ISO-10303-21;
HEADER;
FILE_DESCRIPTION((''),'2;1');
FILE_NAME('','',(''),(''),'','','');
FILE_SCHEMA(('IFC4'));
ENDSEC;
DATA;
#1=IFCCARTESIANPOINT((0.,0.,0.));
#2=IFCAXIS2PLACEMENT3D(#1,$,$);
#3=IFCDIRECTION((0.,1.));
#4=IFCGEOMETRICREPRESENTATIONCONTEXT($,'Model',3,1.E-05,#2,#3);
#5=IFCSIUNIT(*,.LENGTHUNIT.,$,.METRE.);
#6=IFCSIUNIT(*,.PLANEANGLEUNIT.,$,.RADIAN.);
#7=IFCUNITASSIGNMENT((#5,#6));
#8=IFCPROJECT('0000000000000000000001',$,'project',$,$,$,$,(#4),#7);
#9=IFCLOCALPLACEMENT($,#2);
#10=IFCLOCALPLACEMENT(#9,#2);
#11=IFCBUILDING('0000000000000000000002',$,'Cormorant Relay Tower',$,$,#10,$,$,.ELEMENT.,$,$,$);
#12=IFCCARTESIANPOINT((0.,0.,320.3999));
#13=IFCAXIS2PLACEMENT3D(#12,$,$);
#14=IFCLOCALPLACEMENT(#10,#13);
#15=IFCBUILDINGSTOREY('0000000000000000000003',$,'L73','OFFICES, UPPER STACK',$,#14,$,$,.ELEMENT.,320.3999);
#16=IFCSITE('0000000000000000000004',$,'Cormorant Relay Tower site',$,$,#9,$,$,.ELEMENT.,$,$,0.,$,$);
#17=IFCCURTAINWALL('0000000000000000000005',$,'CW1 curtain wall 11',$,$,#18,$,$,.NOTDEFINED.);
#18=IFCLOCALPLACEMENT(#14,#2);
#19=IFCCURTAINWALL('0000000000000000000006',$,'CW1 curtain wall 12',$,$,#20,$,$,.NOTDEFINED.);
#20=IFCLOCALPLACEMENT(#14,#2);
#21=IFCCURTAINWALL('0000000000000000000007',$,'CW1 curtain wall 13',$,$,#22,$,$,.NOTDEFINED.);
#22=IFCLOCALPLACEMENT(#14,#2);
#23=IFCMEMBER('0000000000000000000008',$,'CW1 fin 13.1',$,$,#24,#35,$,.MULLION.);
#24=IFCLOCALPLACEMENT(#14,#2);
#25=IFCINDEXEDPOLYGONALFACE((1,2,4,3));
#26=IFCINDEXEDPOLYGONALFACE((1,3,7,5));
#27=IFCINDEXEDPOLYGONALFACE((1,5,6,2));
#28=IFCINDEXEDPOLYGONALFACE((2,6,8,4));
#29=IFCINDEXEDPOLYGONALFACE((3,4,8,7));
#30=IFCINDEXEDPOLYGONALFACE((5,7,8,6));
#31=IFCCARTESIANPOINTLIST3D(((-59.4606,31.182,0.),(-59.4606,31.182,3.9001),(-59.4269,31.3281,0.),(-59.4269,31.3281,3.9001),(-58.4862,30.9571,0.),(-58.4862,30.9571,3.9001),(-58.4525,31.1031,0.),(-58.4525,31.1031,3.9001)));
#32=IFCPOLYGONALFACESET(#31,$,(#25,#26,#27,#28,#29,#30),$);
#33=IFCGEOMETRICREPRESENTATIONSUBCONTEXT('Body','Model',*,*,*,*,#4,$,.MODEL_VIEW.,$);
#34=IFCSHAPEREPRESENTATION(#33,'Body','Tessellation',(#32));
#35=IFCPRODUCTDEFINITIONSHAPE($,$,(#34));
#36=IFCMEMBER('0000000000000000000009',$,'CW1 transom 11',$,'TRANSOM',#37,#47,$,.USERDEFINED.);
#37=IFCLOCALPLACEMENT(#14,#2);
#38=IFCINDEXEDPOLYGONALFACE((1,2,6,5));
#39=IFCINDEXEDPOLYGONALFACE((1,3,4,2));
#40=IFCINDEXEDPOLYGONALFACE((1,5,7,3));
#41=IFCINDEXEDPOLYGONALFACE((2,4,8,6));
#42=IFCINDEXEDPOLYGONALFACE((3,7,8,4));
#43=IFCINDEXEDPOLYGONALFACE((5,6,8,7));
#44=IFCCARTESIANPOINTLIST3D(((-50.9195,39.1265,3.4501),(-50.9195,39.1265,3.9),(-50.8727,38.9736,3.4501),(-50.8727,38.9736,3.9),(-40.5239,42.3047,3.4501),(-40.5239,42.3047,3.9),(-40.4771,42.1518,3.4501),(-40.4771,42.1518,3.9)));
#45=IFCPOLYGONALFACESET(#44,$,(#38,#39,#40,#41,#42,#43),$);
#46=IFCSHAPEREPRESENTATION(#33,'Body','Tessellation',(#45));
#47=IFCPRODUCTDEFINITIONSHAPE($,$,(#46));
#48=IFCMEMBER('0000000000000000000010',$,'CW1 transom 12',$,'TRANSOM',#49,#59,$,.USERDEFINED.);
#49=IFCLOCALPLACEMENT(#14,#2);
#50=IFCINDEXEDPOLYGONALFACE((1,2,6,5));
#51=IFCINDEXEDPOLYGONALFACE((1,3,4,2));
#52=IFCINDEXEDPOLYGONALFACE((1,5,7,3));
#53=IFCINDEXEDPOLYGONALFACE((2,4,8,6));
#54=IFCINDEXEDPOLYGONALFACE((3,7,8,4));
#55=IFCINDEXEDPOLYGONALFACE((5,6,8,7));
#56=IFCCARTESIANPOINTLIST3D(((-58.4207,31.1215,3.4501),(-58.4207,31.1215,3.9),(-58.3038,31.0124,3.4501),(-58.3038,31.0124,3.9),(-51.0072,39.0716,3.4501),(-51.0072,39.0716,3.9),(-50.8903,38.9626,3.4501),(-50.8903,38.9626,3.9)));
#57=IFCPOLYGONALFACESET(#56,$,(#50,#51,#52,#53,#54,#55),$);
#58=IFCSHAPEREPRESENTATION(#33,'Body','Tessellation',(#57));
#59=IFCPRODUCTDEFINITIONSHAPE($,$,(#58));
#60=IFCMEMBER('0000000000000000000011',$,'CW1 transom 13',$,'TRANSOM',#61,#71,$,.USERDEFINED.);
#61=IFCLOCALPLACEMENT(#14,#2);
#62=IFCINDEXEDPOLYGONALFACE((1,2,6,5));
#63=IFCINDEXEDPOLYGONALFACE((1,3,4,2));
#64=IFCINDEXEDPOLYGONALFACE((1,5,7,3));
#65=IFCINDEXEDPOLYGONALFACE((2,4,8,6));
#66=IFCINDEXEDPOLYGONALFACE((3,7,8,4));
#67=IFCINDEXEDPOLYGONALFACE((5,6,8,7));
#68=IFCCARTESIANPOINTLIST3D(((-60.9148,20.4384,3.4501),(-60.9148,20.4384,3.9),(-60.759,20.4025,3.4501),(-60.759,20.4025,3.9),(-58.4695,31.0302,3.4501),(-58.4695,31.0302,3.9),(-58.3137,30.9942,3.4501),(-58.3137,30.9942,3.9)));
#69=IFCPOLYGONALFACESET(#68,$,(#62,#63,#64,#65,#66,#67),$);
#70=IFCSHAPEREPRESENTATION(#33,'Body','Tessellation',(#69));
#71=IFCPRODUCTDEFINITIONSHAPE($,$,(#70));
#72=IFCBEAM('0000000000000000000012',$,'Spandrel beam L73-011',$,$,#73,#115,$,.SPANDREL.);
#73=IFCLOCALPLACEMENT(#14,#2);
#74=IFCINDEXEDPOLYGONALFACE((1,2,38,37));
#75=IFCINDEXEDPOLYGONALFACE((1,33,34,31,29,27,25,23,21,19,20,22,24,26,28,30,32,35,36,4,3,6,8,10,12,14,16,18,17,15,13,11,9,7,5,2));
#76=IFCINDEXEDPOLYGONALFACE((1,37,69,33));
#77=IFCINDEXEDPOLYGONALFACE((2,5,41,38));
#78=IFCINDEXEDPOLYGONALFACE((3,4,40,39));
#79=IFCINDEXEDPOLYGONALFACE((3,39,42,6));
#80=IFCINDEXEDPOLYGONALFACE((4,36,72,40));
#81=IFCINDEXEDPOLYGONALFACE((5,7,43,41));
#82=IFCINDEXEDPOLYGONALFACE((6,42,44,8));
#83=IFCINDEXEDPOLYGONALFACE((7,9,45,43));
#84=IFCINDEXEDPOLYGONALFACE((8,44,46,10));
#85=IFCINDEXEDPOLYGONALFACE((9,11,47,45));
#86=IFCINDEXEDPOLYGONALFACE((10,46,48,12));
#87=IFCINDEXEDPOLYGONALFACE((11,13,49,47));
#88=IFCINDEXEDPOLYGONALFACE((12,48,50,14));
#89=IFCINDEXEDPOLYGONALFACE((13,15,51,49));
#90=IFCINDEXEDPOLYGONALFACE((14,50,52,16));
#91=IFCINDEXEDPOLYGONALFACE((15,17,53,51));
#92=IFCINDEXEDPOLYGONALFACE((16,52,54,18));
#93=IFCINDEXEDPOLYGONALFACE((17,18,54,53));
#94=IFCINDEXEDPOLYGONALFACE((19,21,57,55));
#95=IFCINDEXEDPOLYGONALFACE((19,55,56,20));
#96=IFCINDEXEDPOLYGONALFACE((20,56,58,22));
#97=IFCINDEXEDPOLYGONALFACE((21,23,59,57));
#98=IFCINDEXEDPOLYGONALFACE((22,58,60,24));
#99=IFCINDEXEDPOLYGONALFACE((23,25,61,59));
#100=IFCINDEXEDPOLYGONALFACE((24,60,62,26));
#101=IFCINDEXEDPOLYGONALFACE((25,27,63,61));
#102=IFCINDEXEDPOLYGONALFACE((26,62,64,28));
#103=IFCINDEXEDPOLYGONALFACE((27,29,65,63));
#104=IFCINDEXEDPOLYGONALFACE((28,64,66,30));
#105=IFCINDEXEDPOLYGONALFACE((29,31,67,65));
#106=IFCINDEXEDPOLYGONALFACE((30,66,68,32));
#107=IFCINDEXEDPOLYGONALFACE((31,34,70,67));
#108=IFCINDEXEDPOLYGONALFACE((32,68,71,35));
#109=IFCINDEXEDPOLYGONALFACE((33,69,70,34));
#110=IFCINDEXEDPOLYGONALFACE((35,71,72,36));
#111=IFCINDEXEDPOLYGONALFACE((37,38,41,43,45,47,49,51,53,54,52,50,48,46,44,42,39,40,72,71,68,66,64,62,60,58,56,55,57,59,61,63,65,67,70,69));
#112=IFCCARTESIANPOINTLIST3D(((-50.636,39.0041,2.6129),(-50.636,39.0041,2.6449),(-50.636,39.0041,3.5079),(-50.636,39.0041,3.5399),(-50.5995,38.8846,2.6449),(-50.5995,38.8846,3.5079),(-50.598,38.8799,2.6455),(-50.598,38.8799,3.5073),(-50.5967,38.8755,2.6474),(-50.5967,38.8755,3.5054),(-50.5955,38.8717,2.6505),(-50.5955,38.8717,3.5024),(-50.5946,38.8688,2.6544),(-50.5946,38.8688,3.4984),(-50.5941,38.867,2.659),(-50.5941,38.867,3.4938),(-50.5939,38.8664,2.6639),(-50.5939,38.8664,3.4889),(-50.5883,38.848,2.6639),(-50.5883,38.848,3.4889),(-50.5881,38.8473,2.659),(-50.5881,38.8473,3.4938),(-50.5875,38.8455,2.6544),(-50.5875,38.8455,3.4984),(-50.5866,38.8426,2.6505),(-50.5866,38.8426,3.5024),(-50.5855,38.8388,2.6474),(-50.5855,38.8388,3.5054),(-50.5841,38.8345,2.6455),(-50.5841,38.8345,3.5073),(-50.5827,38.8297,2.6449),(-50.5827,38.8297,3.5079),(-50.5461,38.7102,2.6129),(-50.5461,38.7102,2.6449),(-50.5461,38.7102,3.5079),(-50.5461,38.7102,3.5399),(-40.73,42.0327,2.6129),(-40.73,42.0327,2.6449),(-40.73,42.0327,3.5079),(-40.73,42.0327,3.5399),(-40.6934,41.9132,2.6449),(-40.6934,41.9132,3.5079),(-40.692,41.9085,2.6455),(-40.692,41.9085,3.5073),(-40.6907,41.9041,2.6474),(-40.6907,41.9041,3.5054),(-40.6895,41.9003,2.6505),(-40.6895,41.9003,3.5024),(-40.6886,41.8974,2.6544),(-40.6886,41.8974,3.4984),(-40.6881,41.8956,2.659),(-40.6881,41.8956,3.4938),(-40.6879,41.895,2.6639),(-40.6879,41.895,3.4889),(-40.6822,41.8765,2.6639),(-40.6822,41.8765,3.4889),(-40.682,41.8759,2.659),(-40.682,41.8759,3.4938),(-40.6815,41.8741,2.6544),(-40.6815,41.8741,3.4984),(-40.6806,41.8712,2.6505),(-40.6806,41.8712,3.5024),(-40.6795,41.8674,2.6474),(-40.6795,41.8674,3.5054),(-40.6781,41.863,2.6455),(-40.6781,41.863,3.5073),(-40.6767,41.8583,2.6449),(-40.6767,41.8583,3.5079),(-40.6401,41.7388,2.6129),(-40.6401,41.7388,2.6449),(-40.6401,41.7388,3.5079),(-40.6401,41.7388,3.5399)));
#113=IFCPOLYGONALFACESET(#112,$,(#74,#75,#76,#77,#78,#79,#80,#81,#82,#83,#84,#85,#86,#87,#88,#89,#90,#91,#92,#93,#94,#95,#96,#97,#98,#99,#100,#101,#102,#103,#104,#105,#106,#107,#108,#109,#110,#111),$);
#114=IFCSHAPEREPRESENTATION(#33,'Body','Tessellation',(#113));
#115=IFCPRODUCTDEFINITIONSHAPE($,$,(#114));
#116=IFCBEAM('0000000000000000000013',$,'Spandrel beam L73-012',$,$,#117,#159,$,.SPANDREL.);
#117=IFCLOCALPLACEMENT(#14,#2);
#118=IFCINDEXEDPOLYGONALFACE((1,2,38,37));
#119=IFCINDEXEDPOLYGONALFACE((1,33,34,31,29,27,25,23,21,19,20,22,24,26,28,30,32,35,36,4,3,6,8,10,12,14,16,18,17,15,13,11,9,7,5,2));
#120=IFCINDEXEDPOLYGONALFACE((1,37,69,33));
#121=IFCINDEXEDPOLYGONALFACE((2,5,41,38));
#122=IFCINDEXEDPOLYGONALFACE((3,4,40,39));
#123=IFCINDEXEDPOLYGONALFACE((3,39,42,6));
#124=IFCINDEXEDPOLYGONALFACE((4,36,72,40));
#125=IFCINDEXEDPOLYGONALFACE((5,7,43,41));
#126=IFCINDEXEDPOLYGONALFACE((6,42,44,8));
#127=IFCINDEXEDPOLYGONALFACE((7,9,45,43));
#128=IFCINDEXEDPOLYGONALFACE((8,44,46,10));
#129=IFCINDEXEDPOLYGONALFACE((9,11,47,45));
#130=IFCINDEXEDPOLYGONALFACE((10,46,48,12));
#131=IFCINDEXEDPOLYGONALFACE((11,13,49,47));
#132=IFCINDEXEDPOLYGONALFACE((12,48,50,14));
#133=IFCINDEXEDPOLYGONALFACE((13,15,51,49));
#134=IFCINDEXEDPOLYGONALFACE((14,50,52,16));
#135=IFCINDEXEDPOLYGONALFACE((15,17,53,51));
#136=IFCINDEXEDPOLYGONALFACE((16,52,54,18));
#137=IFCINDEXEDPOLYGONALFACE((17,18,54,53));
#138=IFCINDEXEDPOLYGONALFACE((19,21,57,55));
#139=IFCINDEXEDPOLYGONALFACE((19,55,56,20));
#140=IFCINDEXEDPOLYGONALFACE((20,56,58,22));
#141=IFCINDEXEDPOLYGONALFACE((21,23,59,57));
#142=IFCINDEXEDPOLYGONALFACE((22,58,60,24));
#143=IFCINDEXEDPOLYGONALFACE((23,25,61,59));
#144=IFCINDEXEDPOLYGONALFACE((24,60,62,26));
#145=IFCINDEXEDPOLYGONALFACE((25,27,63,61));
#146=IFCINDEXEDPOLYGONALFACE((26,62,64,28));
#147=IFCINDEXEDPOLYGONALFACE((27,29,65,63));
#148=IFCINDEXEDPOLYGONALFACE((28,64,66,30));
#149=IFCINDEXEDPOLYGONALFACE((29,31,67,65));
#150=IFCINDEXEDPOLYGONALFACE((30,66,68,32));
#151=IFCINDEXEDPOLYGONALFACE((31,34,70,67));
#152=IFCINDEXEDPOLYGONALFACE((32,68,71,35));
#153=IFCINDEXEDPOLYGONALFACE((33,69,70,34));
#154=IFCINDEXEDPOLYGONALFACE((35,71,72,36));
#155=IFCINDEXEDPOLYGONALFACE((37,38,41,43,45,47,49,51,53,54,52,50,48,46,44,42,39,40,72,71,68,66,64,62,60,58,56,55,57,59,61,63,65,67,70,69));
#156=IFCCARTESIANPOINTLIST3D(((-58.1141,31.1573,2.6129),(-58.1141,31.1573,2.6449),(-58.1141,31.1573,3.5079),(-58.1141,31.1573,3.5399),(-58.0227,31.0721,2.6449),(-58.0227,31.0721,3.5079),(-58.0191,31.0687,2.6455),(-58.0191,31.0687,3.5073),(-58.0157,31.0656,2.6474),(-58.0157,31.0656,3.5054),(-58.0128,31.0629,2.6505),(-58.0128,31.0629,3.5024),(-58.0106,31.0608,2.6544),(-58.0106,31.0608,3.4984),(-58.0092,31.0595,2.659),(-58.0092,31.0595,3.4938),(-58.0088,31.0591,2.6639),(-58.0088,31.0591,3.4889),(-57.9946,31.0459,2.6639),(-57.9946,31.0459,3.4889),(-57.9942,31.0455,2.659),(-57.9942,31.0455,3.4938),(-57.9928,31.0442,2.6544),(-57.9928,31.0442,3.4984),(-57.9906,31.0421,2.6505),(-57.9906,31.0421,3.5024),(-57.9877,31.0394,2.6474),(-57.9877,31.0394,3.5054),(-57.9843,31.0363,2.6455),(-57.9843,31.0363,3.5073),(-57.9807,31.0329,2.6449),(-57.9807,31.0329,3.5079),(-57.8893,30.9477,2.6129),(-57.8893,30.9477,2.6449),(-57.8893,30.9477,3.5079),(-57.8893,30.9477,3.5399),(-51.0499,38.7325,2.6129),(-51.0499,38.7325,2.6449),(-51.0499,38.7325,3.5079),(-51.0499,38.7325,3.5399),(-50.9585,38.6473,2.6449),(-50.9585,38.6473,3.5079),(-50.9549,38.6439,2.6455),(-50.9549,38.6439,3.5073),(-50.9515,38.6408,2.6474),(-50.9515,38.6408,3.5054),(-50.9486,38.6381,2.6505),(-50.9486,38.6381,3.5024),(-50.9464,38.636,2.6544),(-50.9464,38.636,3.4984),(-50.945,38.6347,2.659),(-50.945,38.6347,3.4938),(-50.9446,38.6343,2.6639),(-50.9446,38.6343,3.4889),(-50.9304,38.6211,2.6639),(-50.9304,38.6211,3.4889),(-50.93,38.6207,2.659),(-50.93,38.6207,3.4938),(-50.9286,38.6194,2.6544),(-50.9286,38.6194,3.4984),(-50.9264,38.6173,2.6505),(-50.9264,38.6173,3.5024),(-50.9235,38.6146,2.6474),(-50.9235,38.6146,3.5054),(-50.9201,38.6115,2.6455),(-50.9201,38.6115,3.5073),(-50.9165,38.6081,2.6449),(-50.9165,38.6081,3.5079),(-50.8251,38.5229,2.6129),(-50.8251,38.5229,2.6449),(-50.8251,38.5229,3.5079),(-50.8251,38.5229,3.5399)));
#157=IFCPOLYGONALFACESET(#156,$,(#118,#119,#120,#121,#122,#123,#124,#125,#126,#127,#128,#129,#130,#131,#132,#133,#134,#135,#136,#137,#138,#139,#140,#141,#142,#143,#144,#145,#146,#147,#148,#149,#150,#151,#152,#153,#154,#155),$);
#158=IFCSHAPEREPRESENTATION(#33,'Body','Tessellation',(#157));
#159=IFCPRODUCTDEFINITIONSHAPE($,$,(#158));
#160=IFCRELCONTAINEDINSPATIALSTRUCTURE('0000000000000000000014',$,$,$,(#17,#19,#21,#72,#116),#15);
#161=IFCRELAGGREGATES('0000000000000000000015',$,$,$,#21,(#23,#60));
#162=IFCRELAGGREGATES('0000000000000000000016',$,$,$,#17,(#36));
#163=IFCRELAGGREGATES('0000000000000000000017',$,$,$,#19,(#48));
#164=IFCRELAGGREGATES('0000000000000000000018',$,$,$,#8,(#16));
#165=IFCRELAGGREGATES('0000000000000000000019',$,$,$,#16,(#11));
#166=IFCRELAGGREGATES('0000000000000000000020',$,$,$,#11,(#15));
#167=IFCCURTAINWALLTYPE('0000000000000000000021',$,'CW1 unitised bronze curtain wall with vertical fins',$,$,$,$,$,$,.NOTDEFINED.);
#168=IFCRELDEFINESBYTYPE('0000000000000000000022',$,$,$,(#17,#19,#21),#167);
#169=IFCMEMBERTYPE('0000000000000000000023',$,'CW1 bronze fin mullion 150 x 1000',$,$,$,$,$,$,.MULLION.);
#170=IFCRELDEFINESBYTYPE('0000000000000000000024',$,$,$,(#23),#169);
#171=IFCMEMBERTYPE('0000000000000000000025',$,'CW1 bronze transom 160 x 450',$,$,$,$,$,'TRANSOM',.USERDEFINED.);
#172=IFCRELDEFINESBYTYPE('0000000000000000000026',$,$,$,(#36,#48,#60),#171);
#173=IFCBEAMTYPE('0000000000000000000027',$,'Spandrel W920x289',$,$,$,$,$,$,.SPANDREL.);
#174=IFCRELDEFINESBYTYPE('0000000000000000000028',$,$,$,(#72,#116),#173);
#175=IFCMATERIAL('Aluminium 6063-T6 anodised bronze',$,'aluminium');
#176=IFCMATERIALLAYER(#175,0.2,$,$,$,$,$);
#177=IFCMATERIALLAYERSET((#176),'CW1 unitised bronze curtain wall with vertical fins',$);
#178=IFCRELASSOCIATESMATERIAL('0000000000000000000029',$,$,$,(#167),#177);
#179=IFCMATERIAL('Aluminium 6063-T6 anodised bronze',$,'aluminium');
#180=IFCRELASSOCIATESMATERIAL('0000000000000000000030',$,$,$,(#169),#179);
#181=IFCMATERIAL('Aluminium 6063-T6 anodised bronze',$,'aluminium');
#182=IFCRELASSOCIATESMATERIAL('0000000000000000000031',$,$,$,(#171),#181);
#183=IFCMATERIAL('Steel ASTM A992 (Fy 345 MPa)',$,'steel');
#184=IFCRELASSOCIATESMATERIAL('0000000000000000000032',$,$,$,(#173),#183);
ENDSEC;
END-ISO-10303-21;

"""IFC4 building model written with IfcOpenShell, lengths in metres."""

from ifc_helpers import new_model, si_unit, direction, frame, origin, origin_2d, place, context, subcontext, project, spatial, rectangle, i_section, extrude, material, layer, layer_set, material_profile, profile_set, type_object, element, aggregate, save


model = new_model("IFC4")

# Units and contexts
model_context = context("Model", 3, precision=1e-05, world=origin(), true_north=direction((0.0, 1.0)))
body_context = subcontext(model_context, "Body", "Model", "MODEL_VIEW")
ifc_project = project(units=[si_unit("LENGTHUNIT", "METRE"), si_unit("PLANEANGLEUNIT", "RADIAN")], contexts=[model_context])

# Site, building, storey
site_placement = place(None, origin())
site = spatial("IfcSite", under=ifc_project, at=site_placement, Name="Cormorant Relay Tower site", CompositionType="ELEMENT", RefElevation=0.0)
building_placement = place(site_placement, origin())
building = spatial("IfcBuilding", under=site, at=building_placement, Name="Cormorant Relay Tower", CompositionType="ELEMENT")
storey_placement = place(building_placement, frame((0.0, 0.0, 320.3999)))
storey = spatial("IfcBuildingStorey", under=building, at=storey_placement, Name="L73", Description="OFFICES, UPPER STACK", CompositionType="ELEMENT", Elevation=320.3999)

# Curtain walls
ifc_material_1 = material(Name="Aluminium 6063-T6 anodised bronze", Category="aluminium")
ifc_layer_1 = layer(ifc_material_1, 0.2)
ifc_layer_set_1 = layer_set([ifc_layer_1], Name="CW1 unitised bronze curtain wall with vertical fins")
curtain_wall_type = type_object("IfcCurtainWallType", Name="CW1 unitised bronze curtain wall with vertical fins", PredefinedType="NOTDEFINED", material=ifc_layer_set_1)
curtain_wall_1_placement = place(storey_placement, origin())
curtain_wall_1 = element("IfcCurtainWall", 1, at=curtain_wall_1_placement, inside=storey, type_object=curtain_wall_type, Name="CW1 curtain wall 11", PredefinedType="NOTDEFINED")
ifc_material_2 = material(Name="Aluminium 6063-T6 anodised bronze", Category="aluminium")
ifc_material_profile_1 = material_profile(ifc_material_2, rectangle(XDim=0.1499, YDim=1.0, at=origin_2d()), Name="AL 150x1000")
ifc_profile_set_1 = profile_set([ifc_material_profile_1], Name="Aluminium 6063-T6 anodised bronze")
member_type_1 = type_object("IfcMemberType", Name="CW1 bronze fin mullion 150 x 1000", PredefinedType="MULLION", material=ifc_profile_set_1)
curtain_wall_2_placement = place(storey_placement, origin())
curtain_wall_2 = element("IfcCurtainWall", 2, at=curtain_wall_2_placement, inside=storey, type_object=curtain_wall_type, Name="CW1 curtain wall 12", PredefinedType="NOTDEFINED")

# Curtain wall, member
curtain_wall_3_placement = place(storey_placement, origin())
curtain_wall_3 = element("IfcCurtainWall", 3, at=curtain_wall_3_placement, inside=storey, type_object=curtain_wall_type, Name="CW1 curtain wall 13", PredefinedType="NOTDEFINED")
member_1_placement = place(storey_placement, frame((-58.9565, 31.1426, 0.0), z_axis=(0.0, 0.0, 1.0), x_axis=(-0.224951, -0.97437, 0.0)))
member_1 = element("IfcMember", 4, at=member_1_placement, type_object=member_type_1, Name="CW1 fin 13.1", PredefinedType="MULLION", context=body_context, shape_type="SweptSolid", body=[
    extrude(rectangle(XDim=0.1499, YDim=1.0, at=origin_2d()), origin(), (0.0, 0.0, 1.0), 3.9001),
])

# Members
ifc_material_3 = material(Name="Aluminium 6063-T6 anodised bronze", Category="aluminium")
ifc_material_profile_2 = material_profile(ifc_material_3, rectangle(XDim=0.1599, YDim=0.45, at=origin_2d()), Name="AL 160x450")
ifc_profile_set_2 = profile_set([ifc_material_profile_2], Name="Aluminium 6063-T6 anodised bronze")
member_type_2 = type_object("IfcMemberType", Name="CW1 bronze transom 160 x 450", ElementType="TRANSOM", PredefinedType="USERDEFINED", material=ifc_profile_set_2)
member_2_placement = place(storey_placement, frame((-40.5005, 42.2283, 3.675), z_axis=(-0.956305, -0.292371, 0.0), x_axis=(0.292371, -0.956305, 0.0)))
member_2 = element("IfcMember", 5, at=member_2_placement, type_object=member_type_2, Name="CW1 transom 11", ObjectType="TRANSOM", PredefinedType="USERDEFINED", context=body_context, shape_type="SweptSolid", body=[
    extrude(rectangle(XDim=0.1599, YDim=0.45, at=origin_2d()), origin(), (0.0, 0.0, 1.0), 10.8706),
])
member_3_placement = place(storey_placement, frame((-50.9487, 39.0171, 3.675), z_axis=(-0.681993, -0.731358, 0.0), x_axis=(0.731358, -0.681993, 0.0)))
member_3 = element("IfcMember", 6, at=member_3_placement, type_object=member_type_2, Name="CW1 transom 12", ObjectType="TRANSOM", PredefinedType="USERDEFINED", context=body_context, shape_type="SweptSolid", body=[
    extrude(rectangle(XDim=0.1599, YDim=0.45, at=origin_2d()), origin(), (0.0, 0.0, 1.0), 10.8704),
])
member_4_placement = place(storey_placement, frame((-58.3916, 31.0122, 3.675), z_axis=(-0.224951, -0.97437, 0.0), x_axis=(0.97437, -0.224951, 0.0)))
member_4 = element("IfcMember", 7, at=member_4_placement, type_object=member_type_2, Name="CW1 transom 13", ObjectType="TRANSOM", PredefinedType="USERDEFINED", context=body_context, shape_type="SweptSolid", body=[
    extrude(rectangle(XDim=0.1599, YDim=0.45, at=origin_2d()), origin(), (0.0, 0.0, 1.0), 10.8704),
])
aggregate(curtain_wall_3, [member_1, member_4])

# Beams
ifc_material_4 = material(Name="Steel ASTM A992 (Fy 345 MPa)", Category="steel")
ifc_material_profile_3 = material_profile(ifc_material_4, i_section(OverallWidth=0.3074, OverallDepth=0.927, WebThickness=0.0193, FlangeThickness=0.032, FilletRadius=0.019, at=origin_2d()), Name="W920x289")
ifc_profile_set_3 = profile_set([ifc_material_profile_3], Name="Steel ASTM A992 (Fy 345 MPa)")
beam_type = type_object("IfcBeamType", Name="Spandrel W920x289", PredefinedType="SPANDREL", material=ifc_profile_set_3)
beam_1_placement = place(storey_placement, frame((-40.6851, 41.8857, 3.0764), z_axis=(-0.956305, -0.292371, 0.0), x_axis=(0.292371, -0.956305, 0.0)))
element("IfcBeam", 8, at=beam_1_placement, inside=storey, type_object=beam_type, Name="Spandrel beam L73-011", PredefinedType="SPANDREL", context=body_context, shape_type="SweptSolid", body=[
    extrude(i_section(OverallWidth=0.3074, OverallDepth=0.927, WebThickness=0.0193, FlangeThickness=0.032, FilletRadius=0.019, at=origin_2d()), origin(), (0.0, 0.0, 1.0), 10.3586),
])
beam_2_placement = place(storey_placement, frame((-50.9375, 38.6277, 3.0764), z_axis=(-0.68201, -0.731343, 0.0), x_axis=(0.731343, -0.68201, 0.0)))
element("IfcBeam", 9, at=beam_2_placement, inside=storey, type_object=beam_type, Name="Spandrel beam L73-012", PredefinedType="SPANDREL", context=body_context, shape_type="SweptSolid", body=[
    extrude(i_section(OverallWidth=0.3074, OverallDepth=0.927, WebThickness=0.0193, FlangeThickness=0.032, FilletRadius=0.019, at=origin_2d()), origin(), (0.0, 0.0, 1.0), 10.3579),
])

aggregate(curtain_wall_1, [member_2])
aggregate(curtain_wall_2, [member_3])

save(model, "model.ifc")
